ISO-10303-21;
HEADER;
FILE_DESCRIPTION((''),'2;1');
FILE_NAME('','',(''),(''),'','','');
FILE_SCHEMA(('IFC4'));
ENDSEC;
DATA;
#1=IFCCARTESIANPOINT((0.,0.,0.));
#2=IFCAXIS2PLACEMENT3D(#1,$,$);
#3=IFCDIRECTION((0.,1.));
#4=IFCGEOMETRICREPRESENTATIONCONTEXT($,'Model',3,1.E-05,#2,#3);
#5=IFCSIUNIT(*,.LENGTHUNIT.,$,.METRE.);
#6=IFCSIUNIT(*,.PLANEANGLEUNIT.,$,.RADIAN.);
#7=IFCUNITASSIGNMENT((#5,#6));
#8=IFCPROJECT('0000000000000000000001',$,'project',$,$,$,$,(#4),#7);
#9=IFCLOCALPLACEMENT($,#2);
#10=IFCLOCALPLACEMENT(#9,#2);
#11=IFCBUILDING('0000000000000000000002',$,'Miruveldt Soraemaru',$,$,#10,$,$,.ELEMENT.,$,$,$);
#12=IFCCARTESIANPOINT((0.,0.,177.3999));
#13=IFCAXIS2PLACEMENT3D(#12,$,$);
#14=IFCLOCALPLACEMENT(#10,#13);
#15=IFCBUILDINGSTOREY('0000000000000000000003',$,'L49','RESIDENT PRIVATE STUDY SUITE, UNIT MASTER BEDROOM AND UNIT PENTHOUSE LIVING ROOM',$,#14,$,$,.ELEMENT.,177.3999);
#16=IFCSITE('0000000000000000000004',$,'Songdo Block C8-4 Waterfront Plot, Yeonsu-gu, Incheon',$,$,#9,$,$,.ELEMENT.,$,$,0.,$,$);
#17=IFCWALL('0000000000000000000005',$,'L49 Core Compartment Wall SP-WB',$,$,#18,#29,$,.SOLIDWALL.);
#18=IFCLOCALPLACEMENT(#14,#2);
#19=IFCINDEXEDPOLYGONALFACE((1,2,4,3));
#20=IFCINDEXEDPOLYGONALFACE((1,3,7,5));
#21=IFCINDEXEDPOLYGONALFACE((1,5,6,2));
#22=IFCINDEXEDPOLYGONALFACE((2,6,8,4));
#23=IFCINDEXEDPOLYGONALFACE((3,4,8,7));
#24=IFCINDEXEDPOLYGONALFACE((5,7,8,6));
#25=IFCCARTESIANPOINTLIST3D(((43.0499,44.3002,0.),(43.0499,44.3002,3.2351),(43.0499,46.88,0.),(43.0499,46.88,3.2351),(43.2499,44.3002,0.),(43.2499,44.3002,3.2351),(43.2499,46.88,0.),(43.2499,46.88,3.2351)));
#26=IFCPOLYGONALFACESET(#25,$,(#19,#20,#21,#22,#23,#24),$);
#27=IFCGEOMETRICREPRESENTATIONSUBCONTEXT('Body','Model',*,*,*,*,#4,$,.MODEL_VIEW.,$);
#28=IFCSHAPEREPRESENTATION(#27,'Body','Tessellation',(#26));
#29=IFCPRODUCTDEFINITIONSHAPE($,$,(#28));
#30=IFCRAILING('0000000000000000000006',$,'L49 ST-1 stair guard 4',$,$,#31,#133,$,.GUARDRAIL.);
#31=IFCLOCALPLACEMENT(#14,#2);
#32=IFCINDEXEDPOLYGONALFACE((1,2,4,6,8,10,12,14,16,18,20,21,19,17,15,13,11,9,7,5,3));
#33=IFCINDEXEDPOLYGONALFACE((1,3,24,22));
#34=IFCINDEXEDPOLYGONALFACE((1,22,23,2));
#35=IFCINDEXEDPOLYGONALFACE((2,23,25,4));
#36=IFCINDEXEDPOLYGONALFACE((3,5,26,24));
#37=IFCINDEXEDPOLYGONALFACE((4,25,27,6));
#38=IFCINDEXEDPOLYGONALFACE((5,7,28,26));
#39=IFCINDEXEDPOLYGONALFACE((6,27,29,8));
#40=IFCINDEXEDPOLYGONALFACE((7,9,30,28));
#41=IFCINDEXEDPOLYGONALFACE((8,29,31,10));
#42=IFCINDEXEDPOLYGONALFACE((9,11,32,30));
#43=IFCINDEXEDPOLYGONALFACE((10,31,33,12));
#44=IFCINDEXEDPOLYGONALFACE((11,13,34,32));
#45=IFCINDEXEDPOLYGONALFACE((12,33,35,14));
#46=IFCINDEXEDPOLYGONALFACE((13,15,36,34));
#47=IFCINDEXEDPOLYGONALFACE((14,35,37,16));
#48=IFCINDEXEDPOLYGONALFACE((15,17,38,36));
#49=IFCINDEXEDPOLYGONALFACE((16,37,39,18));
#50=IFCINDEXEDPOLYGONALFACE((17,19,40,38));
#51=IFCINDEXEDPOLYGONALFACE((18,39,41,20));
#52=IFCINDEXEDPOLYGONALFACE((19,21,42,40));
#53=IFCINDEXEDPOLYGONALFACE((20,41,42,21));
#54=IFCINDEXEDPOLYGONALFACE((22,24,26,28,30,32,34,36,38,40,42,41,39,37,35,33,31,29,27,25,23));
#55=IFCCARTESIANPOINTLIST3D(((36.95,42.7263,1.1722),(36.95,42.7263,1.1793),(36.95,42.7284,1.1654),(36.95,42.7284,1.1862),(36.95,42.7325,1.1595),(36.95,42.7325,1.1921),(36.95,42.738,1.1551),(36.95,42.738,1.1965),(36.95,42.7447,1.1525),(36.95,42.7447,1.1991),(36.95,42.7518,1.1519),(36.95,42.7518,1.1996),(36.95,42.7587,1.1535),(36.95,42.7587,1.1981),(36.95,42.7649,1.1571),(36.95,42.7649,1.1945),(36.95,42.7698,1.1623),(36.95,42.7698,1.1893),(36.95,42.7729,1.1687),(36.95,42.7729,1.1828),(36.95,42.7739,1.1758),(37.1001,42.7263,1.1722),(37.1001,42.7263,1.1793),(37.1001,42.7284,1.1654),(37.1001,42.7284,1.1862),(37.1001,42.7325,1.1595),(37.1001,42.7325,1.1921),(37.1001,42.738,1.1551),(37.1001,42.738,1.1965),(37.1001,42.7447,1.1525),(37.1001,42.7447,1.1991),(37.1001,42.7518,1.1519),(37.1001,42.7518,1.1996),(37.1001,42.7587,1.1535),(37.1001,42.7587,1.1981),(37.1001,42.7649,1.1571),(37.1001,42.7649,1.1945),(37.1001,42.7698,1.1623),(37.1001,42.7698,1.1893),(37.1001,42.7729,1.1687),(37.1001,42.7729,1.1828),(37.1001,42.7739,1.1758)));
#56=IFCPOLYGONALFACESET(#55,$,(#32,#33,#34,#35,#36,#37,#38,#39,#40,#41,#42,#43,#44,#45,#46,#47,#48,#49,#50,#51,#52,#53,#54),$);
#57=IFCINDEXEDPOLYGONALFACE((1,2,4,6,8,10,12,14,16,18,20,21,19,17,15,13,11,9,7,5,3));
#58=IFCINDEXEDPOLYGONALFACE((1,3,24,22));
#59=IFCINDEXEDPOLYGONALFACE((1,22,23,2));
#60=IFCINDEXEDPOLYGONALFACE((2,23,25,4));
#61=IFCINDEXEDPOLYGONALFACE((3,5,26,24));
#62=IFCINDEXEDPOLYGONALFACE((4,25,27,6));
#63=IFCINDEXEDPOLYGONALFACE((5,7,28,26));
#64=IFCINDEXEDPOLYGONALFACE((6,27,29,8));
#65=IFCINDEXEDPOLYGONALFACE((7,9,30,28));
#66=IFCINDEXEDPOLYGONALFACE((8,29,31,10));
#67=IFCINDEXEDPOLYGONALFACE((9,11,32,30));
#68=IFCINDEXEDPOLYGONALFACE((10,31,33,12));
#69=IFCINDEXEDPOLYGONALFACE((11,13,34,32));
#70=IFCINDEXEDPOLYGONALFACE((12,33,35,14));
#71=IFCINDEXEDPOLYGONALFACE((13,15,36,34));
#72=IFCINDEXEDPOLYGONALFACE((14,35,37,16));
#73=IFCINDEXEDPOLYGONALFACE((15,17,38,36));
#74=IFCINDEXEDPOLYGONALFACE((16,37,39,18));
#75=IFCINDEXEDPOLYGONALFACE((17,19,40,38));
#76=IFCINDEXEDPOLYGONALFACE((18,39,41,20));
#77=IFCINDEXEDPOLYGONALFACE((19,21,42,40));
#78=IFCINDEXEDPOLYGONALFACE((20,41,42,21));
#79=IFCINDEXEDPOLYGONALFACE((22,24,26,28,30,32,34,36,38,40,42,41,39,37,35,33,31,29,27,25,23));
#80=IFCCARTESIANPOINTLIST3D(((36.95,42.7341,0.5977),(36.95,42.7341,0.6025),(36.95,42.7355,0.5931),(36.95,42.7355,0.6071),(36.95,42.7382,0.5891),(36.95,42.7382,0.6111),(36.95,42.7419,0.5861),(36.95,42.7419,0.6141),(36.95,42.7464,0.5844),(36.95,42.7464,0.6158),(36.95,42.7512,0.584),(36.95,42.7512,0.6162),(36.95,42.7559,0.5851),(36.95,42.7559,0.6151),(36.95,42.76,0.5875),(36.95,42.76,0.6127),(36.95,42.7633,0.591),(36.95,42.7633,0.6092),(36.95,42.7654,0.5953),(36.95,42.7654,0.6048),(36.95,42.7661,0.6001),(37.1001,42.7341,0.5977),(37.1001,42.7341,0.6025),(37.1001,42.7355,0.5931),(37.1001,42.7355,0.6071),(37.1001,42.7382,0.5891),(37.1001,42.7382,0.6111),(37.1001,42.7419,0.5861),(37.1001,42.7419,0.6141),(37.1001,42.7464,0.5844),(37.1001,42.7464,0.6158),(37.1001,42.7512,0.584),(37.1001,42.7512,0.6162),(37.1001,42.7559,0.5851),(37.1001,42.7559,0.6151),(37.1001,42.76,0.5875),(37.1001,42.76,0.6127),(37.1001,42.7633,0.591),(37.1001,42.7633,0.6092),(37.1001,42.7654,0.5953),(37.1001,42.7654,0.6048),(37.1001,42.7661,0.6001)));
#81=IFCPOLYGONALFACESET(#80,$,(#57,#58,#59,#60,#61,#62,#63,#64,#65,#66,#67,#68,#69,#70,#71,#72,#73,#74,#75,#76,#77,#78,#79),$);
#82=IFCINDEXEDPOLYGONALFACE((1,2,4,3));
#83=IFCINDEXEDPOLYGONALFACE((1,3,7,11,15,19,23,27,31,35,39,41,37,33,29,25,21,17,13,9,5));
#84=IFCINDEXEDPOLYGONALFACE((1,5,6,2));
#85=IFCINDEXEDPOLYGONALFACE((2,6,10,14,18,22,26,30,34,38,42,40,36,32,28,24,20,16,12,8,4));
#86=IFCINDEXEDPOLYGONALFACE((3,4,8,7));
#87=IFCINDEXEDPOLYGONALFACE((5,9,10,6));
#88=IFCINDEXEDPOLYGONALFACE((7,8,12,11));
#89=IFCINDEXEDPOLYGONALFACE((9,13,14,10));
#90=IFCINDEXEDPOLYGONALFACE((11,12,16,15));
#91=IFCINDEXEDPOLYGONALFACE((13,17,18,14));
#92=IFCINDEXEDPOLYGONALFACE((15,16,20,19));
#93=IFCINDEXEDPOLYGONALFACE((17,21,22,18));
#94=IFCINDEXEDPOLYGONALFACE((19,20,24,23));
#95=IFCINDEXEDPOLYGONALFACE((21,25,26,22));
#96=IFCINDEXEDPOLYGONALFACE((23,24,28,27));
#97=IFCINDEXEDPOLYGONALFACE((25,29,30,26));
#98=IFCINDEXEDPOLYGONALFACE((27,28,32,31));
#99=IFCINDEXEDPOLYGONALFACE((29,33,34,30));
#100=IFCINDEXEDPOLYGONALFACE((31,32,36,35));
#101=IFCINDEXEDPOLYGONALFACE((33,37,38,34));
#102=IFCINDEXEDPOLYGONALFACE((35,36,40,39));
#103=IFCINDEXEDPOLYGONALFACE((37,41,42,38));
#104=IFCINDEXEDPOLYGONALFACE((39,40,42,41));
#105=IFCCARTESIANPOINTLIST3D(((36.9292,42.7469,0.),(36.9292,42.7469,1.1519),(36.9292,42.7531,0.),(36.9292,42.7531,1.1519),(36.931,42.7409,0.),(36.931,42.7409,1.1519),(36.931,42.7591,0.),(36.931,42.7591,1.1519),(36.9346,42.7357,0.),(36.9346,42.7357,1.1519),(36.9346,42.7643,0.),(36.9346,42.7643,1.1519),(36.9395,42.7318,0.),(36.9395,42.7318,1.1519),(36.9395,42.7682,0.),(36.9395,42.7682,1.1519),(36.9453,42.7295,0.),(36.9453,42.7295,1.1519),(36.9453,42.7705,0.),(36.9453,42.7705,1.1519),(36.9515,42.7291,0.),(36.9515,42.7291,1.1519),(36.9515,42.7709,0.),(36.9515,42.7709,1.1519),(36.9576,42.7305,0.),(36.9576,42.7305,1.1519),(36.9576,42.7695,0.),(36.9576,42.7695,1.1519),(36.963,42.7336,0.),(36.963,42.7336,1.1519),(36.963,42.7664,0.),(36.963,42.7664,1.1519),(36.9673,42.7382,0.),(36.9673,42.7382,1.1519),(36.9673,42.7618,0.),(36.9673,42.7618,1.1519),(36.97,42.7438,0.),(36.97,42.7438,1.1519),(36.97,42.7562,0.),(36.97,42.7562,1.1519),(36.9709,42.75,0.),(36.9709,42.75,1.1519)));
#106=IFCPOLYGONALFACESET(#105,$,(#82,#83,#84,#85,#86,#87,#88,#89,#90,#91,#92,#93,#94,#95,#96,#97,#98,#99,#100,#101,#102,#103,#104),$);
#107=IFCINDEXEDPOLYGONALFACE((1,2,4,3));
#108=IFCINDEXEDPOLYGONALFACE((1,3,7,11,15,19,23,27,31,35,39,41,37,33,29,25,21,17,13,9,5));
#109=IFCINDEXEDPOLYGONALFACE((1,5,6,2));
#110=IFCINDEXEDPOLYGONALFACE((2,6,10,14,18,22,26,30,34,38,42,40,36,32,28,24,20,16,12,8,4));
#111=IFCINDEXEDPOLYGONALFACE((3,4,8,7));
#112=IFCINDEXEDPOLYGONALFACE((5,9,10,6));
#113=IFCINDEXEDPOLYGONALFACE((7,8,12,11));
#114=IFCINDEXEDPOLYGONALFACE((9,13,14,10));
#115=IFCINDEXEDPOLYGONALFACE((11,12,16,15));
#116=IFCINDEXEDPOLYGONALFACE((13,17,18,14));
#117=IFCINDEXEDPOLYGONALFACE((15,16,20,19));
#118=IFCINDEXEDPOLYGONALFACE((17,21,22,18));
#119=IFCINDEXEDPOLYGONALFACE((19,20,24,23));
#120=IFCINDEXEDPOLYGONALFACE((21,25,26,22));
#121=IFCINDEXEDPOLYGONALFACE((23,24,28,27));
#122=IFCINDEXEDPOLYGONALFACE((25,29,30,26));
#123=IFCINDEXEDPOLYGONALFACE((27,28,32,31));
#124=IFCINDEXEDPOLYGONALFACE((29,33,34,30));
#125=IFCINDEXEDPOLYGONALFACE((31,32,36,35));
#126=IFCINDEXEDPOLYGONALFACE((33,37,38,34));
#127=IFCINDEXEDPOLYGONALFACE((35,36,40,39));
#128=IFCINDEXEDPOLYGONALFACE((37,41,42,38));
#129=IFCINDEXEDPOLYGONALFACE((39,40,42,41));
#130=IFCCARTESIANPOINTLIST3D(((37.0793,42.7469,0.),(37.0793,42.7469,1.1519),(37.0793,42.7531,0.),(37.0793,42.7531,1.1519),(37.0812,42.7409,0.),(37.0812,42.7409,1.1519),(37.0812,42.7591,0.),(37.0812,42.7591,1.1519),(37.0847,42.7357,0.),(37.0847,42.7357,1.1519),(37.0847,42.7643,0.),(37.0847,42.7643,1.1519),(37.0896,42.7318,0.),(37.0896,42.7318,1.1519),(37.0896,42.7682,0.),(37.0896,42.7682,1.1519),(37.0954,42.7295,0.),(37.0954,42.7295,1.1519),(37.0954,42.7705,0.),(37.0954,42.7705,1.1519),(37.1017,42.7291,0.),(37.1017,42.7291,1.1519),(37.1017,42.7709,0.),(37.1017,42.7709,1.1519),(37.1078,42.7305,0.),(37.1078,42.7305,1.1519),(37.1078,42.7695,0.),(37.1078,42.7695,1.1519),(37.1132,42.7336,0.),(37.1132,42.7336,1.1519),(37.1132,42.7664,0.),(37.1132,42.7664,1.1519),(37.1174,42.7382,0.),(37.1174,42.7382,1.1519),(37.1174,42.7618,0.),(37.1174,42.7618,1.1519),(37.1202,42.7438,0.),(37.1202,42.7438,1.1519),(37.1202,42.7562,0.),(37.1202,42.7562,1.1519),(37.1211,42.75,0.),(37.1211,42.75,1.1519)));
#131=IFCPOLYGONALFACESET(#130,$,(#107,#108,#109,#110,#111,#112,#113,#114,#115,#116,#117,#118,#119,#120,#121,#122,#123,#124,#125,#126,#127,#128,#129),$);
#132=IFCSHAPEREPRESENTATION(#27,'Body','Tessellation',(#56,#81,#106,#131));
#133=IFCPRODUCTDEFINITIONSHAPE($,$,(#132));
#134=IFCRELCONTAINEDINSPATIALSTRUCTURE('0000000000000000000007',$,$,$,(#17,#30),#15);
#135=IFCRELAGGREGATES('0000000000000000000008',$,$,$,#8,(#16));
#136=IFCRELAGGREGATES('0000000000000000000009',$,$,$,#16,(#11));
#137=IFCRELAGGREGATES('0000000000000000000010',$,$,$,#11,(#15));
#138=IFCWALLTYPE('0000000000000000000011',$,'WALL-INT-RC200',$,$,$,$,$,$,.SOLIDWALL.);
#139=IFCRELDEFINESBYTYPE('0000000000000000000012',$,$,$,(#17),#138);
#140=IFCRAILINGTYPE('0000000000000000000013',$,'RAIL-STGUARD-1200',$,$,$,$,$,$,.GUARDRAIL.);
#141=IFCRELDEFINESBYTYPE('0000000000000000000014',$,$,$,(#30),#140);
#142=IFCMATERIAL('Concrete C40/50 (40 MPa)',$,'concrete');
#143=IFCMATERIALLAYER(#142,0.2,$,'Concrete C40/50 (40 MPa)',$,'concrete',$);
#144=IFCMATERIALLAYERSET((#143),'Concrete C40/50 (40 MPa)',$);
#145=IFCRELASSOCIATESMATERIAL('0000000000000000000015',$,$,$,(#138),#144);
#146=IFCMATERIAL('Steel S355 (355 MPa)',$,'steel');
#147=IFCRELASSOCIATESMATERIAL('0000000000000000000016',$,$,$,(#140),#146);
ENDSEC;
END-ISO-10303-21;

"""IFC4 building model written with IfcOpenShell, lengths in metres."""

from ifc_helpers import new_model, si_unit, direction, frame, frame_2d, origin, origin_2d, place, context, subcontext, project, spatial, rectangle, circle, extrude, material, layer, layer_set, type_object, element, save


model = new_model("IFC4")

# Units and contexts
model_context = context("Model", 3, precision=1e-05, world=origin(), true_north=direction((0.0, 1.0)))
body_context = subcontext(model_context, "Body", "Model", "MODEL_VIEW")
ifc_project = project(units=[si_unit("LENGTHUNIT", "METRE"), si_unit("PLANEANGLEUNIT", "RADIAN")], contexts=[model_context])

# Site, building, storey
site_placement = place(None, origin())
site = spatial("IfcSite", under=ifc_project, at=site_placement, Name="Songdo Block C8-4 Waterfront Plot, Yeonsu-gu, Incheon", CompositionType="ELEMENT", RefElevation=0.0)
building_placement = place(site_placement, origin())
building = spatial("IfcBuilding", under=site, at=building_placement, Name="Miruveldt Soraemaru", CompositionType="ELEMENT")
storey_placement = place(building_placement, frame((0.0, 0.0, 177.3999)))
storey = spatial("IfcBuildingStorey", under=building, at=storey_placement, Name="L49", Description="RESIDENT PRIVATE STUDY SUITE, UNIT MASTER BEDROOM AND UNIT PENTHOUSE LIVING ROOM", CompositionType="ELEMENT", Elevation=177.3999)

# Shared definitions
ifc_material_1 = material(Name="Concrete C40/50 (40 MPa)", Category="concrete")

# Shared definitions
ifc_layer_1 = layer(ifc_material_1, 0.2, Name="Concrete C40/50 (40 MPa)", Category="concrete")
ifc_layer_set_1 = layer_set([ifc_layer_1], Name="Concrete C40/50 (40 MPa)")
wall_type_1 = type_object("IfcWallType", Name="WALL-INT-RC200", PredefinedType="SOLIDWALL", material=ifc_layer_set_1)

# Wall
wall_1_placement = place(storey_placement, frame((43.1499, 44.3, 0.0), z_axis=(0.0, 0.0, 1.0), x_axis=(0.0, 1.0, 0.0)))
element("IfcWall", 1, at=wall_1_placement, inside=storey, type_object=wall_type_1, Name="L49 Core Compartment Wall SP-WB", PredefinedType="SOLIDWALL", context=body_context, shape_type="SweptSolid", body=[
    extrude(rectangle(XDim=2.5798, YDim=0.2, at=frame_2d((1.29, 0.0))), origin(), (0.0, 0.0, 1.0), 3.2351),
])

# Railing
ifc_material_2 = material(Name="Steel S355 (355 MPa)", Category="steel")
railing_type = type_object("IfcRailingType", Name="RAIL-STGUARD-1200", PredefinedType="GUARDRAIL", material=ifc_material_2)
railing_placement = place(storey_placement, frame((36.95, 42.75, 0.0)))
element("IfcRailing", 2, at=railing_placement, inside=storey, type_object=railing_type, Name="L49 ST-1 stair guard 4", PredefinedType="GUARDRAIL", context=body_context, shape_type="SweptSolid", body=[
    extrude(circle(Radius=0.0239, at=origin_2d()), frame((0.0, 0.0, 1.1758), z_axis=(1.0, 0.0, 0.0), x_axis=(0.0, 1.0, 0.0)), (0.0, 0.0, 1.0), 0.1501),
    extrude(circle(Radius=0.0161, at=origin_2d()), frame((0.0, 0.0, 0.6001), z_axis=(1.0, 0.0, 0.0), x_axis=(0.0, 1.0, 0.0)), (0.0, 0.0, 1.0), 0.1501),
    extrude(circle(Radius=0.021, at=origin_2d()), origin(), (0.0, 0.0, 1.0), 1.1519),
    extrude(circle(Radius=0.021, at=origin_2d()), frame((0.1501, 0.0, 0.0)), (0.0, 0.0, 1.0), 1.1519),
])

save(model, "model.ifc")
